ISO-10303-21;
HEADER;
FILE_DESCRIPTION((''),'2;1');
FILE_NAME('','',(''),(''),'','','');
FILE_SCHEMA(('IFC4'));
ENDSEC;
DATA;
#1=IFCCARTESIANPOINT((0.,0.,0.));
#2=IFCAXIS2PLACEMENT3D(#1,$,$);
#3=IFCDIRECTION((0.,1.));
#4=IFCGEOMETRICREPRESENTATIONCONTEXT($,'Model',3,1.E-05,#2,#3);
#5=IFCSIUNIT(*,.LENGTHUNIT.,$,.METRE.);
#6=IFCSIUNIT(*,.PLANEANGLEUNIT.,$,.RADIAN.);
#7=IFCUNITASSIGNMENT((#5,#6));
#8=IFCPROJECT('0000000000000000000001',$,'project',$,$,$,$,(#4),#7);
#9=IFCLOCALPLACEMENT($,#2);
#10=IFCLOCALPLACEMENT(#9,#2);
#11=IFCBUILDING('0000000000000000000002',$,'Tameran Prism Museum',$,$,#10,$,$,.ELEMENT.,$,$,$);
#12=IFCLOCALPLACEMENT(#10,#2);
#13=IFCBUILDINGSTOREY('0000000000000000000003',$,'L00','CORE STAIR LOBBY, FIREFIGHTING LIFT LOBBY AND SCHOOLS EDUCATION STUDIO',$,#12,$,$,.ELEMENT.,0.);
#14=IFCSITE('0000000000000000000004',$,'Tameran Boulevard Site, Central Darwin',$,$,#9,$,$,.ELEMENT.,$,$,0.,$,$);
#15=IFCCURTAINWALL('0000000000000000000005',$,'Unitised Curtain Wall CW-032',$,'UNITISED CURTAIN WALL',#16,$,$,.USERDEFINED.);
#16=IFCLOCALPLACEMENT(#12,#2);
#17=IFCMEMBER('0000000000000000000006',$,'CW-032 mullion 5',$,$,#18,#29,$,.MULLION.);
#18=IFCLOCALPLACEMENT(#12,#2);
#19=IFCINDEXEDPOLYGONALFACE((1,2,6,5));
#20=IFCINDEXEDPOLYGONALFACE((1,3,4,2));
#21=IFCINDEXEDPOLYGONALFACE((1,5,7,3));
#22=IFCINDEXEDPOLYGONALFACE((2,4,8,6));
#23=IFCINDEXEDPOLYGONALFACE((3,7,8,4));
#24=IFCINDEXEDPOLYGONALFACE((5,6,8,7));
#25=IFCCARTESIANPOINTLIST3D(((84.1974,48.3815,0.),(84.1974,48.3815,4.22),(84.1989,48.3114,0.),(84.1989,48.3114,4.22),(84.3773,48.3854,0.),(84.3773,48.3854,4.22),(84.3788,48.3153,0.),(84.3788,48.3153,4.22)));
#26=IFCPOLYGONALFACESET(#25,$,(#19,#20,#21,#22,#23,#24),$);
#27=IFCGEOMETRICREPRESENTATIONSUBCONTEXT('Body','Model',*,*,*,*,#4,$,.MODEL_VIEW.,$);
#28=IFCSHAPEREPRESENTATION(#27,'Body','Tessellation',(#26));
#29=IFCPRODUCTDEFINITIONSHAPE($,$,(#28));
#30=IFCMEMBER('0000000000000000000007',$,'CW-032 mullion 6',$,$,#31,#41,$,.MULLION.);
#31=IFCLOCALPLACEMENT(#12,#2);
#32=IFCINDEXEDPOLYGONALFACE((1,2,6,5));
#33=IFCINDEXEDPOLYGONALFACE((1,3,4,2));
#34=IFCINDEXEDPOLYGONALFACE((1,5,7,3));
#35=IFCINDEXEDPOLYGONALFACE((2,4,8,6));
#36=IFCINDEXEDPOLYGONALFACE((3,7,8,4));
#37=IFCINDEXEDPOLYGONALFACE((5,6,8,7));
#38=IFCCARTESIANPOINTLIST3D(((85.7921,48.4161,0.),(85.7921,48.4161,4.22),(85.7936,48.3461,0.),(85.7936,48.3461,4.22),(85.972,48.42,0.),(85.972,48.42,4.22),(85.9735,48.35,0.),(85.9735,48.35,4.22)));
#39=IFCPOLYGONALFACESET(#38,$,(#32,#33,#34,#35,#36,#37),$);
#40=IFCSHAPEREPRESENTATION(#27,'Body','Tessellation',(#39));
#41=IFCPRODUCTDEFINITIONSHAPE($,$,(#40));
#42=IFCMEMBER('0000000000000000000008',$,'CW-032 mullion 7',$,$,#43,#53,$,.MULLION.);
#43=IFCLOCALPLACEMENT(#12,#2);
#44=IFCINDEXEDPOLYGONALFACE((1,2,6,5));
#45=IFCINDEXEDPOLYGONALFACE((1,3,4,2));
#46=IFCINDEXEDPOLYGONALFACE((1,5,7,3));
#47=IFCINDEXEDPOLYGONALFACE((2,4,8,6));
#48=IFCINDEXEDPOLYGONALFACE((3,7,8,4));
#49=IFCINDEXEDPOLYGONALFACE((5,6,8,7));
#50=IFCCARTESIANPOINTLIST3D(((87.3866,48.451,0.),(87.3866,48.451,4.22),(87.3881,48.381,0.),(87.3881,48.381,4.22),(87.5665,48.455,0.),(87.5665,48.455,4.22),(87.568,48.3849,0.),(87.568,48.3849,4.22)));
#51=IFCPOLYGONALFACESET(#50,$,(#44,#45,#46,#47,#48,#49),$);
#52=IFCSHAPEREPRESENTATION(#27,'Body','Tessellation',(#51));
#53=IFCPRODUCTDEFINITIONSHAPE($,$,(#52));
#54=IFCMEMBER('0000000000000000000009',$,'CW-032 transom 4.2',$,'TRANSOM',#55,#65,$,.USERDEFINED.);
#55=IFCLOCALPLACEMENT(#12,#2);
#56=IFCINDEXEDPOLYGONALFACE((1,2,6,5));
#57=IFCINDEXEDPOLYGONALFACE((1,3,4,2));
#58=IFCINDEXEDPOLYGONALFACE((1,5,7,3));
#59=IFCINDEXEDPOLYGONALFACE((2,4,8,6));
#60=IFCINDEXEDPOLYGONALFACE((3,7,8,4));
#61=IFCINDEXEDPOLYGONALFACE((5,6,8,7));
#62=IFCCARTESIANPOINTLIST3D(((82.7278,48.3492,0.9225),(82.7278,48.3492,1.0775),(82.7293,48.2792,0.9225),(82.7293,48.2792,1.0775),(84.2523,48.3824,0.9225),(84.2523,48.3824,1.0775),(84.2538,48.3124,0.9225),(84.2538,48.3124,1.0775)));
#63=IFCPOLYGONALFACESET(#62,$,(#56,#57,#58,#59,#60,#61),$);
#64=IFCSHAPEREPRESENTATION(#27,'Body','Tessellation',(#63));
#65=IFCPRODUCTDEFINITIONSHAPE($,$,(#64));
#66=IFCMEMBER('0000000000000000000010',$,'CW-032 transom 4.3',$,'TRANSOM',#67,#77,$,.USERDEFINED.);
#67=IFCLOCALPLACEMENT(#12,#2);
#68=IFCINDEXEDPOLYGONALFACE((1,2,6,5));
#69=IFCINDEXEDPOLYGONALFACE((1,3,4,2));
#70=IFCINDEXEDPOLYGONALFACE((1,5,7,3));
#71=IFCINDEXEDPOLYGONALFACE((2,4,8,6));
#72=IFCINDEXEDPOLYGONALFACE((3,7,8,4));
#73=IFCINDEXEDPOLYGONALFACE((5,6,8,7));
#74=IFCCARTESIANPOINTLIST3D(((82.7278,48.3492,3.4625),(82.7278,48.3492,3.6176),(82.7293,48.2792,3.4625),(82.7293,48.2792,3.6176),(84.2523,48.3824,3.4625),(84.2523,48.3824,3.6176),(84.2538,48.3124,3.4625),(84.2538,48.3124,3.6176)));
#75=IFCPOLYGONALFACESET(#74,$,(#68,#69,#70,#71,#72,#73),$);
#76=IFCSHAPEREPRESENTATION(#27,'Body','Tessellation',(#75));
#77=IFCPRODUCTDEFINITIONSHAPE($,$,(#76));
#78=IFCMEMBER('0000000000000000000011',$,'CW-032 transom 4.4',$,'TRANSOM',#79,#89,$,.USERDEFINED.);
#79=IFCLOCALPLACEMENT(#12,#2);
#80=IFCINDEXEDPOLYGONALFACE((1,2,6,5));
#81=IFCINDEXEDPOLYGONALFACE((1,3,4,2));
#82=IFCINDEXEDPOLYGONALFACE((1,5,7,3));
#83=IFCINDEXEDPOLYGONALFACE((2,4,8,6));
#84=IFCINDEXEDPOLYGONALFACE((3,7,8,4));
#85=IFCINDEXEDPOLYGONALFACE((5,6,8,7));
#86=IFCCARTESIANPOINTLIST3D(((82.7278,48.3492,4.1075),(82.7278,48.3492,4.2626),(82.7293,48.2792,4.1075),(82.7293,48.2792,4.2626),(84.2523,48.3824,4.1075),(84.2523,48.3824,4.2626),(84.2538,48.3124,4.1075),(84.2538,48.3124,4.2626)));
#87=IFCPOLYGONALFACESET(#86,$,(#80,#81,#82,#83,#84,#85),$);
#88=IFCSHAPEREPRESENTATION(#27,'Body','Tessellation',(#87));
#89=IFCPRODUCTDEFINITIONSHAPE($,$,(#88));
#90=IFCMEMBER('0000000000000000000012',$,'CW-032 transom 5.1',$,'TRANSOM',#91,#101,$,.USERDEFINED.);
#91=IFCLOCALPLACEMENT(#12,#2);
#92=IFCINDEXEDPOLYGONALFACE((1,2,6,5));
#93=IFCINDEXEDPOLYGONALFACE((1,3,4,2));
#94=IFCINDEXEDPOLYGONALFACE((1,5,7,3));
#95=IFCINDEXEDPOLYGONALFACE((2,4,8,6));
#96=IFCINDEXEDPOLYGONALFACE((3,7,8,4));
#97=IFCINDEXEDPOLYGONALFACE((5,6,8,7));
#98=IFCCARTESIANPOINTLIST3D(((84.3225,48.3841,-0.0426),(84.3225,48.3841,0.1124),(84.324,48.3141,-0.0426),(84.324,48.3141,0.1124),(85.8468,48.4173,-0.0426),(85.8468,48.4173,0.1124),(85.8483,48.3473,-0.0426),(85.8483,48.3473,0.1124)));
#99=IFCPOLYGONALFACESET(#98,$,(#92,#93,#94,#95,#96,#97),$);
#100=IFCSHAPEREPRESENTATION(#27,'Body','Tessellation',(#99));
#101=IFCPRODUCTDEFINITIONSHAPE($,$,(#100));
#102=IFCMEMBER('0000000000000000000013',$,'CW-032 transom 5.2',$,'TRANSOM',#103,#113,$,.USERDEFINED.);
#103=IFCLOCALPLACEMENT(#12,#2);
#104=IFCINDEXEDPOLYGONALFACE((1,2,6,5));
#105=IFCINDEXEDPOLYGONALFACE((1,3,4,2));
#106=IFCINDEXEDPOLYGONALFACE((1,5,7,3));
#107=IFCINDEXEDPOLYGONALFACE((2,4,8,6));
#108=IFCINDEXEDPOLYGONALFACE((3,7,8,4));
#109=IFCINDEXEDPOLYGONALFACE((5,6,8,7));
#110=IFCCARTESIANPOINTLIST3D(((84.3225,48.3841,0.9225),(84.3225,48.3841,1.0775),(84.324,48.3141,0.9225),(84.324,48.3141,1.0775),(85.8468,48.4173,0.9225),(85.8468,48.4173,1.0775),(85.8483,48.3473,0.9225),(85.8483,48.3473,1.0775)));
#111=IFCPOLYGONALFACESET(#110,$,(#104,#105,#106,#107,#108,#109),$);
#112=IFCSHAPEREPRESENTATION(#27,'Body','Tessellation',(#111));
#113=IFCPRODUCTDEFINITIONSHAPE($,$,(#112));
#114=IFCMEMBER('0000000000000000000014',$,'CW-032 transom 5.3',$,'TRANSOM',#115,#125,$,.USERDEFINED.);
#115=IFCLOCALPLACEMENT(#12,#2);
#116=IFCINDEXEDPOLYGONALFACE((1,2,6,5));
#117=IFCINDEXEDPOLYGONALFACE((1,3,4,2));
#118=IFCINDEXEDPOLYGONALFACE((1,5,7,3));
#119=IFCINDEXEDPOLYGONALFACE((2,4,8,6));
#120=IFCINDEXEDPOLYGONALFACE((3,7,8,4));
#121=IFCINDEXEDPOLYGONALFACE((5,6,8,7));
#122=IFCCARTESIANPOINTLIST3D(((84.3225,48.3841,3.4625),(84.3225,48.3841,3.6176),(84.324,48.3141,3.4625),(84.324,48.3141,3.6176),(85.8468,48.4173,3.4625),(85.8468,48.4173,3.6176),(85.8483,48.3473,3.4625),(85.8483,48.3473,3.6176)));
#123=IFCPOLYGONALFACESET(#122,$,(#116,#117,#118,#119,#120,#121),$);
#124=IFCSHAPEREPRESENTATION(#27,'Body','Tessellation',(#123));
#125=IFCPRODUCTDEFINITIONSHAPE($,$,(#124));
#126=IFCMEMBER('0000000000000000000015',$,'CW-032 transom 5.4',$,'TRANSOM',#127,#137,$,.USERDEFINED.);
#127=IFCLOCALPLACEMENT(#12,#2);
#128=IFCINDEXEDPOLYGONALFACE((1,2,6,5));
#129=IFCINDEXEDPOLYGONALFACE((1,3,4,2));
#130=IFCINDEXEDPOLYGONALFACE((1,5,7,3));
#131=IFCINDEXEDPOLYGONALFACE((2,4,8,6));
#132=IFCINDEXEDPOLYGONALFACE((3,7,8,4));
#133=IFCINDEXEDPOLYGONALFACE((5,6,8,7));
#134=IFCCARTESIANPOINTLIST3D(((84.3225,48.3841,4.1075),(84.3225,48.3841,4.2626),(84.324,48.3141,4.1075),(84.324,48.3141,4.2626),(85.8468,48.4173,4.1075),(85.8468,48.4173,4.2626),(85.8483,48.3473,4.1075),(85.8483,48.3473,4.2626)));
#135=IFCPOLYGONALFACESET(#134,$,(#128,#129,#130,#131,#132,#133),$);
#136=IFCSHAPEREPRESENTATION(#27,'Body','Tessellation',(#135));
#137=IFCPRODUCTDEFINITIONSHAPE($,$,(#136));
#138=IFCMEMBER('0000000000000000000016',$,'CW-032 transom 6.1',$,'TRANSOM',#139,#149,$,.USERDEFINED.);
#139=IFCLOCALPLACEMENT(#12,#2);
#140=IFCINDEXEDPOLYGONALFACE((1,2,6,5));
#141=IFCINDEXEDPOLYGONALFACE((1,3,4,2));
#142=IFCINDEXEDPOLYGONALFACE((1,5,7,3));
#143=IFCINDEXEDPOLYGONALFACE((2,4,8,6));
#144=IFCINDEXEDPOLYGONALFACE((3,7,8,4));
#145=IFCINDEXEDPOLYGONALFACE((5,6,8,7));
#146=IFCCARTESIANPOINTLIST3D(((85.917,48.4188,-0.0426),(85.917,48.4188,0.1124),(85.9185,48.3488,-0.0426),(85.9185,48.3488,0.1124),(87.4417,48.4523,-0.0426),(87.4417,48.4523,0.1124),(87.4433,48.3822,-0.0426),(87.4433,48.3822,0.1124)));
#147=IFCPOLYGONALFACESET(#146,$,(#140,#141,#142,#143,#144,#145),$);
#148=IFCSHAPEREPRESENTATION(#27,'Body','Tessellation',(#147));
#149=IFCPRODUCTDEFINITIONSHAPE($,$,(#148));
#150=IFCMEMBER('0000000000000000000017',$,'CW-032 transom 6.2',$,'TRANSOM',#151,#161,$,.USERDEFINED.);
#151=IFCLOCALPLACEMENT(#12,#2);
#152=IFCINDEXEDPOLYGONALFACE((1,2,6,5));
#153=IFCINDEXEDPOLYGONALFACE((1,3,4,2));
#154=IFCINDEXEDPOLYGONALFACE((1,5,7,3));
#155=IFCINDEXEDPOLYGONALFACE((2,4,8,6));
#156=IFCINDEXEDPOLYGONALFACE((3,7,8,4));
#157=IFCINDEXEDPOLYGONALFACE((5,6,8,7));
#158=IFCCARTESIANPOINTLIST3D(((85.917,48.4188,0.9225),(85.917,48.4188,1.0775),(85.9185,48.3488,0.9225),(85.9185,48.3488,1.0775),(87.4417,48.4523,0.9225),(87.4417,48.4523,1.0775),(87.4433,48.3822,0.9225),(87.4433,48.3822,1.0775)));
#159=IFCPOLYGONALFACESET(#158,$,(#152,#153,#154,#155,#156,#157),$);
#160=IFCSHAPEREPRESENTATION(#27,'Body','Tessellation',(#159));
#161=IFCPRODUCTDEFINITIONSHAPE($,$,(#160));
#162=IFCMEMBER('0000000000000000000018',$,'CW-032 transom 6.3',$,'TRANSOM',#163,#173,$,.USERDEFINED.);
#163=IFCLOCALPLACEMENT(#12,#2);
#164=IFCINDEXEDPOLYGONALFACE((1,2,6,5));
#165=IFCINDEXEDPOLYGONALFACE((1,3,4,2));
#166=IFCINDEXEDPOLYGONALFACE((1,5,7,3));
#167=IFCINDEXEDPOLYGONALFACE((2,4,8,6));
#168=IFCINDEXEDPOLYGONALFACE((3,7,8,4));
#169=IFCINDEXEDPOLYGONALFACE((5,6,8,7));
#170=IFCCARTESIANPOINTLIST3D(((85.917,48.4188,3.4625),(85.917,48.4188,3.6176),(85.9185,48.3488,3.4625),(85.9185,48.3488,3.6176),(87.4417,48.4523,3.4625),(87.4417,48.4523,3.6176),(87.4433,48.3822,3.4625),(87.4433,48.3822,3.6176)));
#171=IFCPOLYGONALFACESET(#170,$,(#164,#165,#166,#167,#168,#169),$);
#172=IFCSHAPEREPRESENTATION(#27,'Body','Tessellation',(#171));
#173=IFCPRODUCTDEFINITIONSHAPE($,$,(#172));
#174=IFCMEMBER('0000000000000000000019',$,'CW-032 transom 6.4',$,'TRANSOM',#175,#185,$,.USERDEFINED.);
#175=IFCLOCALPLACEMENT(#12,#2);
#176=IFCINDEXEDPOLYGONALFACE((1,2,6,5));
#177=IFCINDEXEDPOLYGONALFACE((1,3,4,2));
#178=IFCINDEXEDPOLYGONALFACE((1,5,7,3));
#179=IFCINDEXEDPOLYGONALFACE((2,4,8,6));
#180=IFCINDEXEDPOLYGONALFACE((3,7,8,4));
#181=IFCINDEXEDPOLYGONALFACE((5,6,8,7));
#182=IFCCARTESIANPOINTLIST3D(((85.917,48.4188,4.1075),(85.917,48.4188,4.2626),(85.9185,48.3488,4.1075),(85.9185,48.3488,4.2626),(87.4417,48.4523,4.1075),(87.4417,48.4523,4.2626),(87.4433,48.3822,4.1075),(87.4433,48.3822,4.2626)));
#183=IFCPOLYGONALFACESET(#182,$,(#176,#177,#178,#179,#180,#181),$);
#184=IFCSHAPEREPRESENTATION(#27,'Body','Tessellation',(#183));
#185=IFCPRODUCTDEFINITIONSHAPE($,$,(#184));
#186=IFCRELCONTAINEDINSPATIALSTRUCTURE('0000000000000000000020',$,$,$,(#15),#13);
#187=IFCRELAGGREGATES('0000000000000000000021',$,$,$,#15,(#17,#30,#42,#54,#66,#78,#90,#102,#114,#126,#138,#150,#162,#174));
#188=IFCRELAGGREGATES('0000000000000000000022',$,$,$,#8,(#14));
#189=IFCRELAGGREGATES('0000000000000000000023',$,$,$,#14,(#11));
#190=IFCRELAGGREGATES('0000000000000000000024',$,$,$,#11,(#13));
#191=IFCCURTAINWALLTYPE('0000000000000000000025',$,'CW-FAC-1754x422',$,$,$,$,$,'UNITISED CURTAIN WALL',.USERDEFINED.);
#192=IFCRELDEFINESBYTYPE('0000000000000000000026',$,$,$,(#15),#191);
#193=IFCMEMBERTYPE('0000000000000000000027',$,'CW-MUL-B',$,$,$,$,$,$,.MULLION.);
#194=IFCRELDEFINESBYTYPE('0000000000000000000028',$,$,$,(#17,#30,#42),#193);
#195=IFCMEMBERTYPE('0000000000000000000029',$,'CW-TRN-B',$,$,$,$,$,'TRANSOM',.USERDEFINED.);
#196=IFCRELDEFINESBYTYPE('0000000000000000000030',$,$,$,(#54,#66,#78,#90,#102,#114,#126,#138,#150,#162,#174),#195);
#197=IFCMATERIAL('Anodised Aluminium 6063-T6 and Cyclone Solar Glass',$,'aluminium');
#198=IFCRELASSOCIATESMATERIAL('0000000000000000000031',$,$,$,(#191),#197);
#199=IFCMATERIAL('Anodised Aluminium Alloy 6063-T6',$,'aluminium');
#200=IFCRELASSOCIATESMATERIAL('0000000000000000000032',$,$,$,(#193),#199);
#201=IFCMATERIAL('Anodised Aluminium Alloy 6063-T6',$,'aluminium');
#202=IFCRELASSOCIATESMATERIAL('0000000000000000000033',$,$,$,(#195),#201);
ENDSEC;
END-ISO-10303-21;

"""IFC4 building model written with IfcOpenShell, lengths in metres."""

from ifc_helpers import new_model, si_unit, direction, frame, origin, origin_2d, place, context, subcontext, project, spatial, rectangle, extrude, material, material_profile, profile_set, type_object, element, aggregate, save


model = new_model("IFC4")

# Units and contexts
model_context = context("Model", 3, precision=1e-05, world=origin(), true_north=direction((0.0, 1.0)))
body_context = subcontext(model_context, "Body", "Model", "MODEL_VIEW")
ifc_project = project(units=[si_unit("LENGTHUNIT", "METRE"), si_unit("PLANEANGLEUNIT", "RADIAN")], contexts=[model_context])

# Site, building, storey
site_placement = place(None, origin())
site = spatial("IfcSite", under=ifc_project, at=site_placement, Name="Tameran Boulevard Site, Central Darwin", CompositionType="ELEMENT", RefElevation=0.0)
building_placement = place(site_placement, origin())
building = spatial("IfcBuilding", under=site, at=building_placement, Name="Tameran Prism Museum", CompositionType="ELEMENT")
storey_placement = place(building_placement, origin())
storey = spatial("IfcBuildingStorey", under=building, at=storey_placement, Name="L00", Description="CORE STAIR LOBBY, FIREFIGHTING LIFT LOBBY AND SCHOOLS EDUCATION STUDIO", CompositionType="ELEMENT", Elevation=0.0)

# Curtain wall, members
ifc_material_1 = material(Name="Anodised Aluminium 6063-T6 and Cyclone Solar Glass", Category="aluminium")
curtain_wall_type = type_object("IfcCurtainWallType", Name="CW-FAC-1754x422", ElementType="UNITISED CURTAIN WALL", PredefinedType="USERDEFINED", material=ifc_material_1)
curtain_wall_placement = place(storey_placement, origin())
curtain_wall = element("IfcCurtainWall", 1, at=curtain_wall_placement, inside=storey, type_object=curtain_wall_type, Name="Unitised Curtain Wall CW-032", ObjectType="UNITISED CURTAIN WALL", PredefinedType="USERDEFINED")
ifc_material_2 = material(Name="Anodised Aluminium Alloy 6063-T6", Category="aluminium")
ifc_material_profile_1 = material_profile(ifc_material_2, rectangle(XDim=0.0701, YDim=0.1799, at=origin_2d()))
ifc_profile_set_1 = profile_set([ifc_material_profile_1])
member_type_1 = type_object("IfcMemberType", Name="CW-MUL-B", PredefinedType="MULLION", material=ifc_profile_set_1)
member_1_placement = place(storey_placement, frame((84.2881, 48.3484, 0.0), z_axis=(0.0, 0.0, 1.0), x_axis=(-0.021831, 0.999762, 0.0)))
member_1 = element("IfcMember", 2, at=member_1_placement, type_object=member_type_1, Name="CW-032 mullion 5", PredefinedType="MULLION", context=body_context, shape_type="SweptSolid", body=[
    extrude(rectangle(XDim=0.0701, YDim=0.1799, at=origin_2d()), origin(), (0.0, 0.0, 1.0), 4.22),
])
member_2_placement = place(storey_placement, frame((85.8828, 48.3831, 0.0), z_axis=(0.0, 0.0, 1.0), x_axis=(-0.021831, 0.999762, 0.0)))
member_2 = element("IfcMember", 3, at=member_2_placement, type_object=member_type_1, Name="CW-032 mullion 6", PredefinedType="MULLION", context=body_context, shape_type="SweptSolid", body=[
    extrude(rectangle(XDim=0.0701, YDim=0.1799, at=origin_2d()), origin(), (0.0, 0.0, 1.0), 4.22),
])
member_3_placement = place(storey_placement, frame((87.4773, 48.418, 0.0), z_axis=(0.0, 0.0, 1.0), x_axis=(-0.021831, 0.999762, 0.0)))
member_3 = element("IfcMember", 4, at=member_3_placement, type_object=member_type_1, Name="CW-032 mullion 7", PredefinedType="MULLION", context=body_context, shape_type="SweptSolid", body=[
    extrude(rectangle(XDim=0.0701, YDim=0.1799, at=origin_2d()), origin(), (0.0, 0.0, 1.0), 4.22),
])
ifc_material_3 = material(Name="Anodised Aluminium Alloy 6063-T6", Category="aluminium")
ifc_material_profile_2 = material_profile(ifc_material_3, rectangle(XDim=0.0701, YDim=0.155, at=origin_2d()))
ifc_profile_set_2 = profile_set([ifc_material_profile_2])
member_type_2 = type_object("IfcMemberType", Name="CW-TRN-B", ElementType="TRANSOM", PredefinedType="USERDEFINED", material=ifc_profile_set_2)
member_4_placement = place(storey_placement, frame((82.7285, 48.3142, 1.0), z_axis=(0.999763, 0.021772, 0.0), x_axis=(-0.021772, 0.999763, 0.0)))
member_4 = element("IfcMember", 5, at=member_4_placement, type_object=member_type_2, Name="CW-032 transom 4.2", ObjectType="TRANSOM", PredefinedType="USERDEFINED", context=body_context, shape_type="SweptSolid", body=[
    extrude(rectangle(XDim=0.0701, YDim=0.155, at=origin_2d()), origin(), (0.0, 0.0, 1.0), 1.5249),
])
member_5_placement = place(storey_placement, frame((82.7285, 48.3142, 3.54), z_axis=(0.999763, 0.021772, 0.0), x_axis=(-0.021772, 0.999763, 0.0)))
member_5 = element("IfcMember", 6, at=member_5_placement, type_object=member_type_2, Name="CW-032 transom 4.3", ObjectType="TRANSOM", PredefinedType="USERDEFINED", context=body_context, shape_type="SweptSolid", body=[
    extrude(rectangle(XDim=0.0701, YDim=0.155, at=origin_2d()), origin(), (0.0, 0.0, 1.0), 1.5249),
])
member_6_placement = place(storey_placement, frame((82.7285, 48.3142, 4.1851), z_axis=(0.999763, 0.021772, 0.0), x_axis=(-0.021772, 0.999763, 0.0)))
member_6 = element("IfcMember", 7, at=member_6_placement, type_object=member_type_2, Name="CW-032 transom 4.4", ObjectType="TRANSOM", PredefinedType="USERDEFINED", context=body_context, shape_type="SweptSolid", body=[
    extrude(rectangle(XDim=0.0701, YDim=0.155, at=origin_2d()), origin(), (0.0, 0.0, 1.0), 1.5249),
])
member_7_placement = place(storey_placement, frame((84.3232, 48.3491, 0.0349), z_axis=(0.999763, 0.021776, 0.0), x_axis=(-0.021776, 0.999763, 0.0)))
member_7 = element("IfcMember", 8, at=member_7_placement, type_object=member_type_2, Name="CW-032 transom 5.1", ObjectType="TRANSOM", PredefinedType="USERDEFINED", context=body_context, shape_type="SweptSolid", body=[
    extrude(rectangle(XDim=0.0701, YDim=0.155, at=origin_2d()), origin(), (0.0, 0.0, 1.0), 1.5247),
])
member_8_placement = place(storey_placement, frame((84.3232, 48.3491, 1.0), z_axis=(0.999763, 0.021776, 0.0), x_axis=(-0.021776, 0.999763, 0.0)))
member_8 = element("IfcMember", 9, at=member_8_placement, type_object=member_type_2, Name="CW-032 transom 5.2", ObjectType="TRANSOM", PredefinedType="USERDEFINED", context=body_context, shape_type="SweptSolid", body=[
    extrude(rectangle(XDim=0.0701, YDim=0.155, at=origin_2d()), origin(), (0.0, 0.0, 1.0), 1.5247),
])
member_9_placement = place(storey_placement, frame((84.3232, 48.3491, 3.54), z_axis=(0.999763, 0.021776, 0.0), x_axis=(-0.021776, 0.999763, 0.0)))
member_9 = element("IfcMember", 10, at=member_9_placement, type_object=member_type_2, Name="CW-032 transom 5.3", ObjectType="TRANSOM", PredefinedType="USERDEFINED", context=body_context, shape_type="SweptSolid", body=[
    extrude(rectangle(XDim=0.0701, YDim=0.155, at=origin_2d()), origin(), (0.0, 0.0, 1.0), 1.5247),
])
member_10_placement = place(storey_placement, frame((84.3232, 48.3491, 4.1851), z_axis=(0.999763, 0.021776, 0.0), x_axis=(-0.021776, 0.999763, 0.0)))
member_10 = element("IfcMember", 11, at=member_10_placement, type_object=member_type_2, Name="CW-032 transom 5.4", ObjectType="TRANSOM", PredefinedType="USERDEFINED", context=body_context, shape_type="SweptSolid", body=[
    extrude(rectangle(XDim=0.0701, YDim=0.155, at=origin_2d()), origin(), (0.0, 0.0, 1.0), 1.5247),
])
member_11_placement = place(storey_placement, frame((85.9177, 48.3838, 0.0349), z_axis=(0.999759, 0.021932, 0.0), x_axis=(-0.021932, 0.999759, 0.0)))
member_11 = element("IfcMember", 12, at=member_11_placement, type_object=member_type_2, Name="CW-032 transom 6.1", ObjectType="TRANSOM", PredefinedType="USERDEFINED", context=body_context, shape_type="SweptSolid", body=[
    extrude(rectangle(XDim=0.0701, YDim=0.155, at=origin_2d()), origin(), (0.0, 0.0, 1.0), 1.5251),
])
member_12_placement = place(storey_placement, frame((85.9177, 48.3838, 1.0), z_axis=(0.999759, 0.021932, 0.0), x_axis=(-0.021932, 0.999759, 0.0)))
member_12 = element("IfcMember", 13, at=member_12_placement, type_object=member_type_2, Name="CW-032 transom 6.2", ObjectType="TRANSOM", PredefinedType="USERDEFINED", context=body_context, shape_type="SweptSolid", body=[
    extrude(rectangle(XDim=0.0701, YDim=0.155, at=origin_2d()), origin(), (0.0, 0.0, 1.0), 1.5251),
])
member_13_placement = place(storey_placement, frame((85.9177, 48.3838, 3.54), z_axis=(0.999759, 0.021932, 0.0), x_axis=(-0.021932, 0.999759, 0.0)))
member_13 = element("IfcMember", 14, at=member_13_placement, type_object=member_type_2, Name="CW-032 transom 6.3", ObjectType="TRANSOM", PredefinedType="USERDEFINED", context=body_context, shape_type="SweptSolid", body=[
    extrude(rectangle(XDim=0.0701, YDim=0.155, at=origin_2d()), origin(), (0.0, 0.0, 1.0), 1.5251),
])
member_14_placement = place(storey_placement, frame((85.9177, 48.3838, 4.1851), z_axis=(0.999759, 0.021932, 0.0), x_axis=(-0.021932, 0.999759, 0.0)))
member_14 = element("IfcMember", 15, at=member_14_placement, type_object=member_type_2, Name="CW-032 transom 6.4", ObjectType="TRANSOM", PredefinedType="USERDEFINED", context=body_context, shape_type="SweptSolid", body=[
    extrude(rectangle(XDim=0.0701, YDim=0.155, at=origin_2d()), origin(), (0.0, 0.0, 1.0), 1.5251),
])
aggregate(curtain_wall, [member_1, member_2, member_3, member_4, member_5, member_6, member_7, member_8, member_9, member_10, member_11, member_12, member_13, member_14])

save(model, "model.ifc")
